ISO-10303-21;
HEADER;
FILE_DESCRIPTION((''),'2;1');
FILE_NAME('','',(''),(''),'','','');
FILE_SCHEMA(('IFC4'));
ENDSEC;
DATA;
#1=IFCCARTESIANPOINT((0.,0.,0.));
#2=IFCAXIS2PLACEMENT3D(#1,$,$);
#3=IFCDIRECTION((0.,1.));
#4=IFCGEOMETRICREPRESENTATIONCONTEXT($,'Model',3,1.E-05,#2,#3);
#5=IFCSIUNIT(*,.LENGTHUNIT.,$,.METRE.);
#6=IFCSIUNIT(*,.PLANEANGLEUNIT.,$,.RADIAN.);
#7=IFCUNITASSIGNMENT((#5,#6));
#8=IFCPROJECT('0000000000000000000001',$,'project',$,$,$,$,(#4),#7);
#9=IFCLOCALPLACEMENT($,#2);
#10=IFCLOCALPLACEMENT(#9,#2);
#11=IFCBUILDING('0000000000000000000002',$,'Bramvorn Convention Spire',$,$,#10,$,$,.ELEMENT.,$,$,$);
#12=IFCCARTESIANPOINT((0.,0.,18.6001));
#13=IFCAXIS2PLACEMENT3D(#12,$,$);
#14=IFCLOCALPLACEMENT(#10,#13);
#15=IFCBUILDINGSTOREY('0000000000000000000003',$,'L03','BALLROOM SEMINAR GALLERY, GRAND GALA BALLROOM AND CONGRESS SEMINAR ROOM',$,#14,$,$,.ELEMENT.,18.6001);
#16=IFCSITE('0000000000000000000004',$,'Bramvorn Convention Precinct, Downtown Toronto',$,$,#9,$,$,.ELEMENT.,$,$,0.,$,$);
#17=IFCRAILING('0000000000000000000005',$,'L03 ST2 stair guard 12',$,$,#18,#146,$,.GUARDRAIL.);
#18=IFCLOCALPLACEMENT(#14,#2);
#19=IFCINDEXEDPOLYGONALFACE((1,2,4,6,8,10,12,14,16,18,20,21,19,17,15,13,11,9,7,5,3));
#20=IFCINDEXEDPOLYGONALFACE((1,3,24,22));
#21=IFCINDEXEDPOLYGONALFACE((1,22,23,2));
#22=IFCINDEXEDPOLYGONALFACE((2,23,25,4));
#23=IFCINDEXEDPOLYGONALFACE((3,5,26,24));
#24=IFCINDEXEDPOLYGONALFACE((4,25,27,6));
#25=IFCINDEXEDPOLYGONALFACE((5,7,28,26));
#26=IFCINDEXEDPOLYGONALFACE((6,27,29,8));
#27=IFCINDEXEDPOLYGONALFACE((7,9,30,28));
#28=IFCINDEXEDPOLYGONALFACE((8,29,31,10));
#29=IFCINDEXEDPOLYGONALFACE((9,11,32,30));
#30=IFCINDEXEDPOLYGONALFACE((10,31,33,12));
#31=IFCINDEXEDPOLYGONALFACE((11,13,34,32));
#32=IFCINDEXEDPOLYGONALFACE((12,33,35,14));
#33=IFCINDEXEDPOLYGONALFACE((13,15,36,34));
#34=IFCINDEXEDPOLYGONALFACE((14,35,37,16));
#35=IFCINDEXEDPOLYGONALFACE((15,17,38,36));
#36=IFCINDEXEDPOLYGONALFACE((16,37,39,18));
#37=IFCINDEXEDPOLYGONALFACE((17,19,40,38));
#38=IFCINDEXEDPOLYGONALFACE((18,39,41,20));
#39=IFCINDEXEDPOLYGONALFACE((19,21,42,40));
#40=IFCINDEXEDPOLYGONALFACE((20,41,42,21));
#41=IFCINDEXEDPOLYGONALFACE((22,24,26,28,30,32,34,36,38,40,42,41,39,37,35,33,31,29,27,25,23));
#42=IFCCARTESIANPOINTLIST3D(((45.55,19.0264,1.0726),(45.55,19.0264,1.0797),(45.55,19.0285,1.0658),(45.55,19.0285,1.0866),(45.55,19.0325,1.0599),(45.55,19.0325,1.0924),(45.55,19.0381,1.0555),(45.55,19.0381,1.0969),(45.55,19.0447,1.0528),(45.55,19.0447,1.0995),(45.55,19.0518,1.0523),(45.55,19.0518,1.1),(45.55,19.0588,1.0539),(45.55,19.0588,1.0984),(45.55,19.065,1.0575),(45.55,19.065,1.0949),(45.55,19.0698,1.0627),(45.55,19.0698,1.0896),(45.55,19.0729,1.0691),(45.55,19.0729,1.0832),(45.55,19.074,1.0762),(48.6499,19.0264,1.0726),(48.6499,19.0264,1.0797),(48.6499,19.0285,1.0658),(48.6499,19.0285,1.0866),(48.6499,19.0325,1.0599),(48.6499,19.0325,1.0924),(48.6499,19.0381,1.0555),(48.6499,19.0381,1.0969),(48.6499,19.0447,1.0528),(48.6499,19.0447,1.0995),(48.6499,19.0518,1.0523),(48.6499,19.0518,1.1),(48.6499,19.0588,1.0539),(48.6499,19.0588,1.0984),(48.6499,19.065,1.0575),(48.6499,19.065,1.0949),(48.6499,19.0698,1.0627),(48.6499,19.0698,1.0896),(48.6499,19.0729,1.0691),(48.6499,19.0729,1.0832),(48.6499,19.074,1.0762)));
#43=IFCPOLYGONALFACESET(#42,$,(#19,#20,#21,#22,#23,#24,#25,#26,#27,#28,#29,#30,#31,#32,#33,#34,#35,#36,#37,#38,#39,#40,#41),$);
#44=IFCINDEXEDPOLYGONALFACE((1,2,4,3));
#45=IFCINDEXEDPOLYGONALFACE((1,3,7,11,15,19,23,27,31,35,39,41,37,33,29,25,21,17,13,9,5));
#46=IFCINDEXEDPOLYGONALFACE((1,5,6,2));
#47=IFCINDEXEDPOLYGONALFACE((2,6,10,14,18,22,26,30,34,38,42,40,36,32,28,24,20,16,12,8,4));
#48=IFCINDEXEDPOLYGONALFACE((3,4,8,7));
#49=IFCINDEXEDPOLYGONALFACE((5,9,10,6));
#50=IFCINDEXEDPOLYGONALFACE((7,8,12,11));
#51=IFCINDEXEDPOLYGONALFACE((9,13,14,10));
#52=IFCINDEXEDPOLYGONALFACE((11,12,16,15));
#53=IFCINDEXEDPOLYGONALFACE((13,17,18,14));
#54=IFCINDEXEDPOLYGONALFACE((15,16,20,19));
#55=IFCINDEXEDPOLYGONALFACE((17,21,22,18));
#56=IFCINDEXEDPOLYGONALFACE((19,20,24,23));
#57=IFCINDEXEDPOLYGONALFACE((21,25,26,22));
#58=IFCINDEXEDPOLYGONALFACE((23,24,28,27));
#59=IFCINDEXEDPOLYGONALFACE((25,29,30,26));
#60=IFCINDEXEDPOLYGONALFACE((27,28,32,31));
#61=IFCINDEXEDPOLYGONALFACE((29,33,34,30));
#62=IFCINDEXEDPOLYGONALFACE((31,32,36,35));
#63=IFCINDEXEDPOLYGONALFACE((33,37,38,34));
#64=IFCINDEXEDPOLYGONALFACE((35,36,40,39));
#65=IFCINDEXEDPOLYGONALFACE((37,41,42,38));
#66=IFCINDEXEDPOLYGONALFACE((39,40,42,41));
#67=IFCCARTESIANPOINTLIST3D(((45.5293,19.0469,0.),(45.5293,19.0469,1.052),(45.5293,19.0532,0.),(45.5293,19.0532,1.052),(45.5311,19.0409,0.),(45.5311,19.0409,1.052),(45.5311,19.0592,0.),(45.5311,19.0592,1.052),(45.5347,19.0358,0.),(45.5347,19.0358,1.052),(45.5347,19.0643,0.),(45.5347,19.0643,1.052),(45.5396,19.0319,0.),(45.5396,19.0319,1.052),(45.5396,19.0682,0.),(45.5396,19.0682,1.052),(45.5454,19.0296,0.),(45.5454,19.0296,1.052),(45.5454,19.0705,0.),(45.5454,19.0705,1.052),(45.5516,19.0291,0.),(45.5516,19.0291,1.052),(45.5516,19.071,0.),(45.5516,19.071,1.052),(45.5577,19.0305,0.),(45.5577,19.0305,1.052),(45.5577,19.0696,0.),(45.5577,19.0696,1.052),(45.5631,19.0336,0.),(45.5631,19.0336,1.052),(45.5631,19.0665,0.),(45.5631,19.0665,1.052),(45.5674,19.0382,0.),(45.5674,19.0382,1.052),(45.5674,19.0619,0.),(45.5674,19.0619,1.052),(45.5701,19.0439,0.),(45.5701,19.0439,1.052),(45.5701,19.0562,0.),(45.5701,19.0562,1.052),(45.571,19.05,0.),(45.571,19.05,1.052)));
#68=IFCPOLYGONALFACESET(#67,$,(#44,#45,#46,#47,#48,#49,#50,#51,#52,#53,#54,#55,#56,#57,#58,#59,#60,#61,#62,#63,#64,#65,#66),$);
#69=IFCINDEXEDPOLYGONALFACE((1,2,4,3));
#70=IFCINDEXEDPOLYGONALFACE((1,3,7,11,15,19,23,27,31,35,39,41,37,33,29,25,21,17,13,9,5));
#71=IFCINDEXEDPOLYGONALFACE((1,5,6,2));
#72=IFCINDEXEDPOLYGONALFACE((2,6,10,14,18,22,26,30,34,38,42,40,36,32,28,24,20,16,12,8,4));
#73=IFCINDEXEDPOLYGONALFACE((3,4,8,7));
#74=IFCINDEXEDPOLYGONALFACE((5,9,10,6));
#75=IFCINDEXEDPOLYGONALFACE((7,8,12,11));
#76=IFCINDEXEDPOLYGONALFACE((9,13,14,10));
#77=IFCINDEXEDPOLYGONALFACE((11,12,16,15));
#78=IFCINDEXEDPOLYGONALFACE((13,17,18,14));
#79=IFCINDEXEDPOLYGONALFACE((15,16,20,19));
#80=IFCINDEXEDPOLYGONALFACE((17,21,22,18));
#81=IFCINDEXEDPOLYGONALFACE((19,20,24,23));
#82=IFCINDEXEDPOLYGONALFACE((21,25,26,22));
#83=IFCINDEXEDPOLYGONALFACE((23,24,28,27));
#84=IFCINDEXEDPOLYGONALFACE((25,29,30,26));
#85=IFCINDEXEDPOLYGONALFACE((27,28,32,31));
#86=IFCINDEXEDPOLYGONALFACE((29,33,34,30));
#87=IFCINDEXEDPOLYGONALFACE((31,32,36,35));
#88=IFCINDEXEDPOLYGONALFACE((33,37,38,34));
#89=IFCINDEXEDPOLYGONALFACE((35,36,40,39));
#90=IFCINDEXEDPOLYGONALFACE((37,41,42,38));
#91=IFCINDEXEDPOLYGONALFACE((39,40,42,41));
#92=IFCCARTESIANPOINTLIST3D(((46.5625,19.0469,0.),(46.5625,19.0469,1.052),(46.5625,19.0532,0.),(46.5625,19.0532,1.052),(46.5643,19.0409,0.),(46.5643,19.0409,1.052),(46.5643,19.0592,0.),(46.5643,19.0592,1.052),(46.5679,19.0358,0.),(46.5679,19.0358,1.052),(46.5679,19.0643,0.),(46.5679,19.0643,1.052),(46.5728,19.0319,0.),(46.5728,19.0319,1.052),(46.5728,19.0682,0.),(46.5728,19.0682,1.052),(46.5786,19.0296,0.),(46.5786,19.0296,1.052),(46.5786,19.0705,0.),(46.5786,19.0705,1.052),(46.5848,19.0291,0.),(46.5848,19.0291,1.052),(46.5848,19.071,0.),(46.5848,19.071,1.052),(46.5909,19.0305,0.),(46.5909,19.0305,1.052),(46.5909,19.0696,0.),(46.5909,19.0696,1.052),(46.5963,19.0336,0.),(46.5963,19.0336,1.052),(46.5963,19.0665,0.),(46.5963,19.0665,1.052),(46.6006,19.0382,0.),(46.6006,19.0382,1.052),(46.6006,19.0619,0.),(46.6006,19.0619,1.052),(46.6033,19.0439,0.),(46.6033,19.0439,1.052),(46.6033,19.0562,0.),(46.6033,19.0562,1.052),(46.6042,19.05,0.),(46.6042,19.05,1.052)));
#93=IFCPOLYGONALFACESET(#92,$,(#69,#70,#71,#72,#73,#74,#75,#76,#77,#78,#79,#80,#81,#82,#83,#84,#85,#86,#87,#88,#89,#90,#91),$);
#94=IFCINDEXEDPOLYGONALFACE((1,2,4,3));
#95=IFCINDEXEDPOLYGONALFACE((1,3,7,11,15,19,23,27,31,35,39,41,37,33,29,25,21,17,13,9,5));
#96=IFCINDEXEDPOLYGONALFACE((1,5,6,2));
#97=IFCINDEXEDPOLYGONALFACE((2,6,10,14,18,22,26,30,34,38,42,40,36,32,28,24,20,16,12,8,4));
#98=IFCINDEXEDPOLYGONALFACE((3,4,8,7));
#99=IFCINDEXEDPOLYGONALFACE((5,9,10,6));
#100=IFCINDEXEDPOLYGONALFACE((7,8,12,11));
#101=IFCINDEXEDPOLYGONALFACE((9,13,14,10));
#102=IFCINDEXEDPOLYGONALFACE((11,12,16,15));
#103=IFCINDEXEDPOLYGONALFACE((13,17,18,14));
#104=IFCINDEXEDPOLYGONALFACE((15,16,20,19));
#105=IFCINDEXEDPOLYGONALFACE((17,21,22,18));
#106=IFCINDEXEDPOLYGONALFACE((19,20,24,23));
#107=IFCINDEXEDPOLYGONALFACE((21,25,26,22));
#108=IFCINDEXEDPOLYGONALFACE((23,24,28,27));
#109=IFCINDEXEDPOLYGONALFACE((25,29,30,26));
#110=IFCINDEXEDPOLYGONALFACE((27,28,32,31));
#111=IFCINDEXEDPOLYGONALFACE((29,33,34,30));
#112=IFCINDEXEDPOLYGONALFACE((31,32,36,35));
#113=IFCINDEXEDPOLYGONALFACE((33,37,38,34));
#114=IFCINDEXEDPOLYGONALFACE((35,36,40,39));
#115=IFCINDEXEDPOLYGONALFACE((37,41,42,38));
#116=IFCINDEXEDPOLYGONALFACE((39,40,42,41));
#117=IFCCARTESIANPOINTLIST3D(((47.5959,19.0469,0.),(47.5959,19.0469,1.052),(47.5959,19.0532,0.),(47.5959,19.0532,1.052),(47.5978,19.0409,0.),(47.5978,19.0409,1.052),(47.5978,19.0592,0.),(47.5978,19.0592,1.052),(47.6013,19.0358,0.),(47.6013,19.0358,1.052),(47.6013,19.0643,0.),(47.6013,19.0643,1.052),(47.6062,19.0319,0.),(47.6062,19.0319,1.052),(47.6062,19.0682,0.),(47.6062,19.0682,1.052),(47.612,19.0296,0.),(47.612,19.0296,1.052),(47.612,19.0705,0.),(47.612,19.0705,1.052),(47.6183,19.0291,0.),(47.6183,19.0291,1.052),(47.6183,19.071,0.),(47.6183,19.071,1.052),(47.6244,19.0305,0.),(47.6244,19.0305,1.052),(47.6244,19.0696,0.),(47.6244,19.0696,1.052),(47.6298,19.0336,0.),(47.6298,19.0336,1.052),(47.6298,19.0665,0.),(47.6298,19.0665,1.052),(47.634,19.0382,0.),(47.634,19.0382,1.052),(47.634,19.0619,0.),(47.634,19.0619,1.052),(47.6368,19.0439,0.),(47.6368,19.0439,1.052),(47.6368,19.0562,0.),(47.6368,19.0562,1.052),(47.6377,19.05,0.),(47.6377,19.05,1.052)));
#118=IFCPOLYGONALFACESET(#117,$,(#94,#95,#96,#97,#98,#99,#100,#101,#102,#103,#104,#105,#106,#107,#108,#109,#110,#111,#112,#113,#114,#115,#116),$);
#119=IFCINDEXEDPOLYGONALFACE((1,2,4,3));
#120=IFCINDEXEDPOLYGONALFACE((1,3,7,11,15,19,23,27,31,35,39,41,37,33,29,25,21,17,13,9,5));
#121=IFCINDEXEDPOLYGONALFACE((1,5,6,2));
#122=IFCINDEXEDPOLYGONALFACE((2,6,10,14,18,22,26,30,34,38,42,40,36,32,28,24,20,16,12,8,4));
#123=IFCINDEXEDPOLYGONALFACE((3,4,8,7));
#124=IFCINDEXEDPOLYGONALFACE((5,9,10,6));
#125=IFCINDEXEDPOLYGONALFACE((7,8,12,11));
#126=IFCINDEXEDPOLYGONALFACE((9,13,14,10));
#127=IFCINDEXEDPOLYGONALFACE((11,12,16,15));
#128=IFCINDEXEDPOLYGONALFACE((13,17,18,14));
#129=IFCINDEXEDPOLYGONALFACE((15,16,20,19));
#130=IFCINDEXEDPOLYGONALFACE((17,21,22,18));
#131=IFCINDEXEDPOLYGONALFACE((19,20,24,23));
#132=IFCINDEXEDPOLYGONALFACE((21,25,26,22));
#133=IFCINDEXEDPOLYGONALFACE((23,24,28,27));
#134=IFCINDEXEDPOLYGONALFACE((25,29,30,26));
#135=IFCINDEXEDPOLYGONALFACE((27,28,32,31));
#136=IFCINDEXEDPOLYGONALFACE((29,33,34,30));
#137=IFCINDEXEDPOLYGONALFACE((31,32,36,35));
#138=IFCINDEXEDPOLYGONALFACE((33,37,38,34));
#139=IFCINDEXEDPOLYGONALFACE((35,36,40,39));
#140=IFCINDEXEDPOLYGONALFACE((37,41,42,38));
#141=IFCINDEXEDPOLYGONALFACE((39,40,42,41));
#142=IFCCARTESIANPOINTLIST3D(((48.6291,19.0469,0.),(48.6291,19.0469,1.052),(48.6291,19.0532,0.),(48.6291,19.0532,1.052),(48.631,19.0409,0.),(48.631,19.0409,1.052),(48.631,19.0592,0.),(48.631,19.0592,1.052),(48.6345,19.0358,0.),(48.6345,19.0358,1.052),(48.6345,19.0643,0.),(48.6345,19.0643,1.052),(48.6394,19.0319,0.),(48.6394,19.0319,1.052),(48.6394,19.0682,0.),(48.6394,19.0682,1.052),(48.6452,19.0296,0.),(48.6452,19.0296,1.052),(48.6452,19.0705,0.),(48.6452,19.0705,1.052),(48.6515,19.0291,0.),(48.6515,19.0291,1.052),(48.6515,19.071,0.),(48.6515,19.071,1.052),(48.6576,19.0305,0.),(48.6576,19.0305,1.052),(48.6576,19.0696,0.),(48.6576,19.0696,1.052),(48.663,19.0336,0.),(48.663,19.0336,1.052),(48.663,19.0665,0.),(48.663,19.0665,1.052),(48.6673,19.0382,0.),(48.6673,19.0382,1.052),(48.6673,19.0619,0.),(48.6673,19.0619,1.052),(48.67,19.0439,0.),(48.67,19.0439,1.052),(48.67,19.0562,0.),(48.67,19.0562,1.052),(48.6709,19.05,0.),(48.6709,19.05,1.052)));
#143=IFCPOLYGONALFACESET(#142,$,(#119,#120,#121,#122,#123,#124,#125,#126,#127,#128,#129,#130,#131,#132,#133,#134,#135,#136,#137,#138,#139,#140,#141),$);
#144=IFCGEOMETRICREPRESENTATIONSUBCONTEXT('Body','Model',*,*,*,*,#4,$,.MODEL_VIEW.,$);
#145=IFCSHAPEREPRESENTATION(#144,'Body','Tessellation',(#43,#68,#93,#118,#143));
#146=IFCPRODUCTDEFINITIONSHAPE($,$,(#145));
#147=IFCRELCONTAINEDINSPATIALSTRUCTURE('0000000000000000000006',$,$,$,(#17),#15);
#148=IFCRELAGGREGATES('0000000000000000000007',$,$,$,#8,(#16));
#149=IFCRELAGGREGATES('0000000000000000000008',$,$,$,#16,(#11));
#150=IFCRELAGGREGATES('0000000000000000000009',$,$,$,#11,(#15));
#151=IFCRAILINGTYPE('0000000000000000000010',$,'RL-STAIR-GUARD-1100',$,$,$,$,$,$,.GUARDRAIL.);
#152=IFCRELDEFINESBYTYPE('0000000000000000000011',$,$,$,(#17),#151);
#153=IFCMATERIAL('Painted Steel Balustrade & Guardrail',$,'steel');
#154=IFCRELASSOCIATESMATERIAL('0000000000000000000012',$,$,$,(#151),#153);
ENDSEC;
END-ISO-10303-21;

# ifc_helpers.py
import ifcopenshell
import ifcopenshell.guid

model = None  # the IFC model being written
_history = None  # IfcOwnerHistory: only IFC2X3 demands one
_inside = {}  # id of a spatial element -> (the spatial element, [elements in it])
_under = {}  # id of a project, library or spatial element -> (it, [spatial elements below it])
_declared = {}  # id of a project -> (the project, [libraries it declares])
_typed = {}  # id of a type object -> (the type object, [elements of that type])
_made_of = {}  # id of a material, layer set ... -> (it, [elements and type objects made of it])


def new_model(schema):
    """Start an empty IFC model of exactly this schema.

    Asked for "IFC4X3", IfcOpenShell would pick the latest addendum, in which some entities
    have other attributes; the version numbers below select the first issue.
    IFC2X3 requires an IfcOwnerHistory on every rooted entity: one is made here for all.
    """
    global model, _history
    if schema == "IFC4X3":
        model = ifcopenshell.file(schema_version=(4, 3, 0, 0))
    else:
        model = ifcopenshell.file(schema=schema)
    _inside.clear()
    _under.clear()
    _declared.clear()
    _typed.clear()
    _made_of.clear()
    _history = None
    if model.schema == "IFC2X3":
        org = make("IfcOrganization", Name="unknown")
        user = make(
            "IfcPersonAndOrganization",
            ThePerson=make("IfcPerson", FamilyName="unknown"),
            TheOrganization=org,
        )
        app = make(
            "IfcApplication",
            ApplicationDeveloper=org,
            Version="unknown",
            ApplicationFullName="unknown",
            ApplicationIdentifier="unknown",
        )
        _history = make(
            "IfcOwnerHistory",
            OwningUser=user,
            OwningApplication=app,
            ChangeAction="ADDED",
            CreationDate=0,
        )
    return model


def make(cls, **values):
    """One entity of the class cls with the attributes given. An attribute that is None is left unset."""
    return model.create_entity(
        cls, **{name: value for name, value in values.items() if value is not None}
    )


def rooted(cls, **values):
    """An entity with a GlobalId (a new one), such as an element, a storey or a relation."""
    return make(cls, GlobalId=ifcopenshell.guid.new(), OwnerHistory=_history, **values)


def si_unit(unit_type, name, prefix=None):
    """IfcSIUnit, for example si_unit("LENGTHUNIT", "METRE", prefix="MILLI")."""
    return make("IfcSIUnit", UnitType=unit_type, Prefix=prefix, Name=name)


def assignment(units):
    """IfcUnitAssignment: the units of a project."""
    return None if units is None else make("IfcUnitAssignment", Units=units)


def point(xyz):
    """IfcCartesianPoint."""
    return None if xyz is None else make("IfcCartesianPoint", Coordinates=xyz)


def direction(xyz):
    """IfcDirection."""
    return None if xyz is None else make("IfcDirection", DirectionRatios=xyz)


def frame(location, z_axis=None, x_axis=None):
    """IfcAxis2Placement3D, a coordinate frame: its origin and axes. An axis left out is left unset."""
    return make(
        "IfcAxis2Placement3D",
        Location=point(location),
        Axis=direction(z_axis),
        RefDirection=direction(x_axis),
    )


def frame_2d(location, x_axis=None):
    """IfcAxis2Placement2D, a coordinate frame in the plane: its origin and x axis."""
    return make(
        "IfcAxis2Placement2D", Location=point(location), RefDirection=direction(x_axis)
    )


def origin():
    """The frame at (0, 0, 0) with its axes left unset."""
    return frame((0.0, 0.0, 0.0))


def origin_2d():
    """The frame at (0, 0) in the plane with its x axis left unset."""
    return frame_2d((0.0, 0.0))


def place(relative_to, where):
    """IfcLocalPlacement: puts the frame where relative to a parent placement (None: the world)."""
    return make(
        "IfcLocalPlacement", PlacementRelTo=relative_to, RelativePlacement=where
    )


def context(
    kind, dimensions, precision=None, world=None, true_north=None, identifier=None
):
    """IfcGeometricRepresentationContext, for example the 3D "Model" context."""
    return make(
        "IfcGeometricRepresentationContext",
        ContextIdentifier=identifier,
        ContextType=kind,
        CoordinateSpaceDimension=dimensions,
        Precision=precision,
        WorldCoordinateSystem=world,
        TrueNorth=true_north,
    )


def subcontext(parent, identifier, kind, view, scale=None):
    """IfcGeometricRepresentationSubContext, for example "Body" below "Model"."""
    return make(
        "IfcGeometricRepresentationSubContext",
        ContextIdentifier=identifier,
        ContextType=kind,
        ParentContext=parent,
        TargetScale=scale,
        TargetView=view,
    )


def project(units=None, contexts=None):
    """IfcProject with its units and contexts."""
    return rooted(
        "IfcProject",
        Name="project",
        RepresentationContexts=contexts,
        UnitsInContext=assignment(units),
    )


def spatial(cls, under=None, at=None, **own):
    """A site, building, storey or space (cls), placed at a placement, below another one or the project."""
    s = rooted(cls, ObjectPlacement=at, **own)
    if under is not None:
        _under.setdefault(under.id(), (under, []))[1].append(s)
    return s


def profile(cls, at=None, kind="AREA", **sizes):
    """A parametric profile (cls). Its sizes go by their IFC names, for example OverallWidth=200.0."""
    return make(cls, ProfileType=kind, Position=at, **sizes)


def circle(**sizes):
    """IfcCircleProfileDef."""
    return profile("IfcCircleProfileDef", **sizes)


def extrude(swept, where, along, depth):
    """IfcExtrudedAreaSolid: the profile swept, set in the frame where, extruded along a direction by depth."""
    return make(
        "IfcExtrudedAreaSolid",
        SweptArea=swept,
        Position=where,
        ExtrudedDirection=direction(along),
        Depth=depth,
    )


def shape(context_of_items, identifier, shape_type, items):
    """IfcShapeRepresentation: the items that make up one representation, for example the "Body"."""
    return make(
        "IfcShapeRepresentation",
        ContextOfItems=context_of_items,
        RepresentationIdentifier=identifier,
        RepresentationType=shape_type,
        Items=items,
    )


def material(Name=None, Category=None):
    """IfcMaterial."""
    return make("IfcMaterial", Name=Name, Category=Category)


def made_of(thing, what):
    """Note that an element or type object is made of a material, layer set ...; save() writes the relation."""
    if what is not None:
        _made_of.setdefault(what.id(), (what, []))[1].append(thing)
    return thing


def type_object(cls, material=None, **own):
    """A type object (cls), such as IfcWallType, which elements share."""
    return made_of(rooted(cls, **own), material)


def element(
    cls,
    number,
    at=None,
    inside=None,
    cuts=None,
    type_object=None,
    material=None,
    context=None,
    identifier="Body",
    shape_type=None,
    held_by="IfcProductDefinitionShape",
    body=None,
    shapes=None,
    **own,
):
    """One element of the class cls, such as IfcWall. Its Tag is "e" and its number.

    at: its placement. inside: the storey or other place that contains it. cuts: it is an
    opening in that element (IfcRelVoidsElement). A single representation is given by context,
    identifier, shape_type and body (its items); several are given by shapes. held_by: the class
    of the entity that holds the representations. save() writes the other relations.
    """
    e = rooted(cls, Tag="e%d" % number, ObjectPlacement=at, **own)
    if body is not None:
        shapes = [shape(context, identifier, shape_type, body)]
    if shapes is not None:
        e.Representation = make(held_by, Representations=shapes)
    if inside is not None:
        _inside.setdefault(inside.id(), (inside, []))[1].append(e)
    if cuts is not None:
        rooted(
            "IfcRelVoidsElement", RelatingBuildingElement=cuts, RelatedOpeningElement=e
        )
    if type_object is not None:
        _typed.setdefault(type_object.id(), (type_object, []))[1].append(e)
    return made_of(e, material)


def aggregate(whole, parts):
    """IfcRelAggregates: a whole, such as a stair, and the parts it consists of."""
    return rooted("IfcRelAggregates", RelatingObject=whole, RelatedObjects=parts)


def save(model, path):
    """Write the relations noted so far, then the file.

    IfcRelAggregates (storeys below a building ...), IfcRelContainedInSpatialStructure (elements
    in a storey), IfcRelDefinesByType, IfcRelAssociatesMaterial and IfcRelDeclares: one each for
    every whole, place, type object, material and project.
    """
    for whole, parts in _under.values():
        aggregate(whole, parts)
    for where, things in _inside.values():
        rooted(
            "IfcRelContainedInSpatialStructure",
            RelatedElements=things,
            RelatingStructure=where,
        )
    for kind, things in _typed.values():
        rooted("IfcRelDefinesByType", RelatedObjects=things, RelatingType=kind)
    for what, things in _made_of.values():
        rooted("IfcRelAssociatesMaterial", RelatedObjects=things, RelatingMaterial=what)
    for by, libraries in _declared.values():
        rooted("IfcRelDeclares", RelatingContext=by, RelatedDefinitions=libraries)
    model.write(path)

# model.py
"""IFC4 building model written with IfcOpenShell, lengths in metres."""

from ifc_helpers import new_model, si_unit, direction, frame, origin, origin_2d, place, context, subcontext, project, spatial, circle, extrude, material, type_object, element, save


model = new_model("IFC4")

# Units and contexts
model_context = context("Model", 3, precision=1e-05, world=origin(), true_north=direction((0.0, 1.0)))
body_context = subcontext(model_context, "Body", "Model", "MODEL_VIEW")
ifc_project = project(units=[si_unit("LENGTHUNIT", "METRE"), si_unit("PLANEANGLEUNIT", "RADIAN")], contexts=[model_context])

# Site, building, storey
site_placement = place(None, origin())
site = spatial("IfcSite", under=ifc_project, at=site_placement, Name="Bramvorn Convention Precinct, Downtown Toronto", CompositionType="ELEMENT", RefElevation=0.0)
building_placement = place(site_placement, origin())
building = spatial("IfcBuilding", under=site, at=building_placement, Name="Bramvorn Convention Spire", CompositionType="ELEMENT")
storey_placement = place(building_placement, frame((0.0, 0.0, 18.6001)))
storey = spatial("IfcBuildingStorey", under=building, at=storey_placement, Name="L03", Description="BALLROOM SEMINAR GALLERY, GRAND GALA BALLROOM AND CONGRESS SEMINAR ROOM", CompositionType="ELEMENT", Elevation=18.6001)

# Railing
ifc_material_1 = material(Name="Painted Steel Balustrade & Guardrail", Category="steel")
railing_type = type_object("IfcRailingType", Name="RL-STAIR-GUARD-1100", PredefinedType="GUARDRAIL", material=ifc_material_1)
railing_placement = place(storey_placement, frame((45.55, 19.05, 0.0)))
element("IfcRailing", 1, at=railing_placement, inside=storey, type_object=railing_type, Name="L03 ST2 stair guard 12", PredefinedType="GUARDRAIL", context=body_context, shape_type="SweptSolid", body=[
    extrude(circle(Radius=0.0239, at=origin_2d()), frame((0.0, 0.0, 1.0762), z_axis=(1.0, 0.0, 0.0), x_axis=(0.0, 1.0, 0.0)), (0.0, 0.0, 1.0), 3.0999),
    extrude(circle(Radius=0.021, at=origin_2d()), origin(), (0.0, 0.0, 1.0), 1.052),
    extrude(circle(Radius=0.021, at=origin_2d()), frame((1.0332, 0.0, 0.0)), (0.0, 0.0, 1.0), 1.052),
    extrude(circle(Radius=0.021, at=origin_2d()), frame((2.0667, 0.0, 0.0)), (0.0, 0.0, 1.0), 1.052),
    extrude(circle(Radius=0.021, at=origin_2d()), frame((3.0999, 0.0, 0.0)), (0.0, 0.0, 1.0), 1.052),
])

save(model, "model.ifc")
